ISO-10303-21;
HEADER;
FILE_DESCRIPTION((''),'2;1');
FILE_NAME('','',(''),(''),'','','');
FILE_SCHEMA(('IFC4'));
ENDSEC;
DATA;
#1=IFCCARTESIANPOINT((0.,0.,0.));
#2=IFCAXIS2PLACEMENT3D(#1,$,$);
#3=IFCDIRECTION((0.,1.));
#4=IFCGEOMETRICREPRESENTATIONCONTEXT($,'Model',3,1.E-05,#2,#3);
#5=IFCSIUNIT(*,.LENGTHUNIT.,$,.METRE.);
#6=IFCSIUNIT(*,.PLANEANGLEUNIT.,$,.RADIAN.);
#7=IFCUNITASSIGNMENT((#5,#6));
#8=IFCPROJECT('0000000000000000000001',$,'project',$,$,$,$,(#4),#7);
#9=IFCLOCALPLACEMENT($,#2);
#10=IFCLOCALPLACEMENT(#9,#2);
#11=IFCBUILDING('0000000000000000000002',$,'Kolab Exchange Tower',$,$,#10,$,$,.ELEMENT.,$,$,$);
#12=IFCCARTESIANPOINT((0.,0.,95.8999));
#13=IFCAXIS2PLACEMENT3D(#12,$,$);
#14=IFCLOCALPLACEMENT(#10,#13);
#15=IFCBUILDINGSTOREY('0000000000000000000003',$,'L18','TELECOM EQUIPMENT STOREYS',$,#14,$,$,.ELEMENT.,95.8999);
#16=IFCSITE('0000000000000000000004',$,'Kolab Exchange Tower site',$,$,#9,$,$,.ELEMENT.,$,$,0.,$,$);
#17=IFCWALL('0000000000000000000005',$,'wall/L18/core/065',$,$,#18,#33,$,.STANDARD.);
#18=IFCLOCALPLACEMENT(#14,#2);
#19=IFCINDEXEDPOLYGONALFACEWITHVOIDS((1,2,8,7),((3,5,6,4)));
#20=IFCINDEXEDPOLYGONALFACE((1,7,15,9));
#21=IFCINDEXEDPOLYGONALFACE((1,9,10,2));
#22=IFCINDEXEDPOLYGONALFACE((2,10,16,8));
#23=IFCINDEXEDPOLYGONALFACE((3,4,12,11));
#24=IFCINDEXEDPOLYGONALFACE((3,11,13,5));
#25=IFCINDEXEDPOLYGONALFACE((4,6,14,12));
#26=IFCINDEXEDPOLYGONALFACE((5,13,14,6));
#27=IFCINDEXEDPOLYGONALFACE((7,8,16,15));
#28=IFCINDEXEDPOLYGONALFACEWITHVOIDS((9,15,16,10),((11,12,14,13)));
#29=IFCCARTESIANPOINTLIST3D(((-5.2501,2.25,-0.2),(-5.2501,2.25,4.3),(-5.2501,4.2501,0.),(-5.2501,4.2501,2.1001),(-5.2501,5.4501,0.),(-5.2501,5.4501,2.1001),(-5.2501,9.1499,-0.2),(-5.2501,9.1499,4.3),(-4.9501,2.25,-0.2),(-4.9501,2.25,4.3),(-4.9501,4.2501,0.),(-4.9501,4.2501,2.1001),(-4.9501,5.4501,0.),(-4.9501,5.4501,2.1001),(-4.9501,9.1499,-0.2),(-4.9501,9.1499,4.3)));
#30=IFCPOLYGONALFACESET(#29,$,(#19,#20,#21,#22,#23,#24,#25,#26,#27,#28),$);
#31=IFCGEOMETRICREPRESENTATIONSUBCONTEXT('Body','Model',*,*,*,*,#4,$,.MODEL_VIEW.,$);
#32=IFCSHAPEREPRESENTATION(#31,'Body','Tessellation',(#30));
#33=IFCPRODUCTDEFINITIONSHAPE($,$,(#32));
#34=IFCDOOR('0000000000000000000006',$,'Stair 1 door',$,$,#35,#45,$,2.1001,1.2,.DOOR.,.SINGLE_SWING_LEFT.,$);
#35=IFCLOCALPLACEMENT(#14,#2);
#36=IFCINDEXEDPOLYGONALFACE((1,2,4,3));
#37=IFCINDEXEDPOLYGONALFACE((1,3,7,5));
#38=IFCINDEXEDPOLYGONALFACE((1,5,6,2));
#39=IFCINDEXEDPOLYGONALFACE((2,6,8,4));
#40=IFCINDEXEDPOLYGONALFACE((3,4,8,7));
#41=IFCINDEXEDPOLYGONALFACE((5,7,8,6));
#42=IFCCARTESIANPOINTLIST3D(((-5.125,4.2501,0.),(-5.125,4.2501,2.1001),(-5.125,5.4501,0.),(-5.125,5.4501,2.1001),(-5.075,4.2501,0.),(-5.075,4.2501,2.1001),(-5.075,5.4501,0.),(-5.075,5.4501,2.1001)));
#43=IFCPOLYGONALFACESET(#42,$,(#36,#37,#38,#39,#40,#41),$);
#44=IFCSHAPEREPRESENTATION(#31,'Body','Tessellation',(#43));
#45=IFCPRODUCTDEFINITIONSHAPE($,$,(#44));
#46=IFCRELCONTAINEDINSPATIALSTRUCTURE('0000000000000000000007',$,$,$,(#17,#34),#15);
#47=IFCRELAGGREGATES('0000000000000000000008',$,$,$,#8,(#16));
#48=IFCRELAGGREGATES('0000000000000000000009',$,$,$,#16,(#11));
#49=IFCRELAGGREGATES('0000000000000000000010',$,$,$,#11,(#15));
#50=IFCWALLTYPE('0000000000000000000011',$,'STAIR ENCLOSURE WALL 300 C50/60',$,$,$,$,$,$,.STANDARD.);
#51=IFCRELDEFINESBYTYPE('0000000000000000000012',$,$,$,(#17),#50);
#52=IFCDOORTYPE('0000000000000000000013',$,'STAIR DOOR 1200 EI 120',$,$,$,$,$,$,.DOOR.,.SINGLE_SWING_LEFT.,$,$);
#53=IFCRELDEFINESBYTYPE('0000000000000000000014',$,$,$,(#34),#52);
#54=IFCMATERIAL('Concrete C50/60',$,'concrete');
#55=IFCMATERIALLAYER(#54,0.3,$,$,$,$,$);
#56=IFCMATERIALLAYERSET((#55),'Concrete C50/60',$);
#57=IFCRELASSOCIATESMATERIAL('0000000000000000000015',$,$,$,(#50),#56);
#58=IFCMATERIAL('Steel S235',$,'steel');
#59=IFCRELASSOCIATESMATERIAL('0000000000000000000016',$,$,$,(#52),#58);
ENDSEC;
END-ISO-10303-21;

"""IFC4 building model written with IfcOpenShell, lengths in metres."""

from ifc_helpers import new_model, si_unit, direction, frame, frame_2d, origin, place, context, subcontext, project, spatial, rectangle, extrude, material, layer, layer_set, type_object, element, fill, save


model = new_model("IFC4")

# Units and contexts
model_context = context("Model", 3, precision=1e-05, world=origin(), true_north=direction((0.0, 1.0)))
body_context = subcontext(model_context, "Body", "Model", "MODEL_VIEW")
ifc_project = project(units=[si_unit("LENGTHUNIT", "METRE"), si_unit("PLANEANGLEUNIT", "RADIAN")], contexts=[model_context])

# Site, building, storey
site_placement = place(None, origin())
site = spatial("IfcSite", under=ifc_project, at=site_placement, Name="Kolab Exchange Tower site", CompositionType="ELEMENT", RefElevation=0.0)
building_placement = place(site_placement, origin())
building = spatial("IfcBuilding", under=site, at=building_placement, Name="Kolab Exchange Tower", CompositionType="ELEMENT")
storey_placement = place(building_placement, frame((0.0, 0.0, 95.8999)))
storey = spatial("IfcBuildingStorey", under=building, at=storey_placement, Name="L18", Description="TELECOM EQUIPMENT STOREYS", CompositionType="ELEMENT", Elevation=95.8999)

# Shared definitions
ifc_material_1 = material(Name="Concrete C50/60", Category="concrete")

# Shared definitions
ifc_material_2 = material(Name="Steel S235", Category="steel")

# Shared definitions
ifc_layer_1 = layer(ifc_material_1, 0.3)
ifc_layer_set_1 = layer_set([ifc_layer_1], Name="Concrete C50/60")
wall_type_1 = type_object("IfcWallType", Name="STAIR ENCLOSURE WALL 300 C50/60", PredefinedType="STANDARD", material=ifc_layer_set_1)

# Shared definitions
door_type_1 = type_object("IfcDoorType", Name="STAIR DOOR 1200 EI 120", OperationType="SINGLE_SWING_LEFT", PredefinedType="DOOR", material=ifc_material_2)

# Wall, opening, door
wall_1_placement = place(storey_placement, frame((-5.1001, 2.25, -0.2), z_axis=(0.0, 0.0, 1.0), x_axis=(0.0, 1.0, 0.0)))
wall_1 = element("IfcWall", 1, at=wall_1_placement, inside=storey, type_object=wall_type_1, Name="wall/L18/core/065", PredefinedType="STANDARD", context=body_context, shape_type="SweptSolid", body=[
    extrude(rectangle(XDim=6.8999, YDim=0.3, at=frame_2d((3.45, 0.0))), origin(), (0.0, 0.0, 1.0), 4.5),
])
opening_1_placement = place(wall_1_placement, frame((2.0, 0.0, 0.2)))
opening_1 = element("IfcOpeningElement", 2, at=opening_1_placement, cuts=wall_1, PredefinedType="OPENING", context=body_context, shape_type="SweptSolid", body=[
    extrude(rectangle(XDim=1.2, YDim=2.1001, at=frame_2d((0.6001, 1.05))), frame((0.0, 0.1602, 0.0), z_axis=(0.0, -1.0, 0.0), x_axis=(1.0, 0.0, 0.0)), (0.0, 0.0, 1.0), 0.3201),
])
door_1_placement = place(opening_1_placement, origin())
door_1 = element("IfcDoor", 3, at=door_1_placement, inside=storey, type_object=door_type_1, Name="Stair 1 door", OperationType="SINGLE_SWING_LEFT", OverallHeight=2.1001, OverallWidth=1.2, PredefinedType="DOOR", context=body_context, shape_type="SweptSolid", body=[
    extrude(rectangle(XDim=1.2, YDim=2.1001, at=frame_2d((0.6001, 1.05))), frame((0.0, 0.0249, 0.0), z_axis=(0.0, -1.0, 0.0), x_axis=(1.0, 0.0, 0.0)), (0.0, 0.0, 1.0), 0.05),
])
fill(opening_1, door_1)

save(model, "model.ifc")
